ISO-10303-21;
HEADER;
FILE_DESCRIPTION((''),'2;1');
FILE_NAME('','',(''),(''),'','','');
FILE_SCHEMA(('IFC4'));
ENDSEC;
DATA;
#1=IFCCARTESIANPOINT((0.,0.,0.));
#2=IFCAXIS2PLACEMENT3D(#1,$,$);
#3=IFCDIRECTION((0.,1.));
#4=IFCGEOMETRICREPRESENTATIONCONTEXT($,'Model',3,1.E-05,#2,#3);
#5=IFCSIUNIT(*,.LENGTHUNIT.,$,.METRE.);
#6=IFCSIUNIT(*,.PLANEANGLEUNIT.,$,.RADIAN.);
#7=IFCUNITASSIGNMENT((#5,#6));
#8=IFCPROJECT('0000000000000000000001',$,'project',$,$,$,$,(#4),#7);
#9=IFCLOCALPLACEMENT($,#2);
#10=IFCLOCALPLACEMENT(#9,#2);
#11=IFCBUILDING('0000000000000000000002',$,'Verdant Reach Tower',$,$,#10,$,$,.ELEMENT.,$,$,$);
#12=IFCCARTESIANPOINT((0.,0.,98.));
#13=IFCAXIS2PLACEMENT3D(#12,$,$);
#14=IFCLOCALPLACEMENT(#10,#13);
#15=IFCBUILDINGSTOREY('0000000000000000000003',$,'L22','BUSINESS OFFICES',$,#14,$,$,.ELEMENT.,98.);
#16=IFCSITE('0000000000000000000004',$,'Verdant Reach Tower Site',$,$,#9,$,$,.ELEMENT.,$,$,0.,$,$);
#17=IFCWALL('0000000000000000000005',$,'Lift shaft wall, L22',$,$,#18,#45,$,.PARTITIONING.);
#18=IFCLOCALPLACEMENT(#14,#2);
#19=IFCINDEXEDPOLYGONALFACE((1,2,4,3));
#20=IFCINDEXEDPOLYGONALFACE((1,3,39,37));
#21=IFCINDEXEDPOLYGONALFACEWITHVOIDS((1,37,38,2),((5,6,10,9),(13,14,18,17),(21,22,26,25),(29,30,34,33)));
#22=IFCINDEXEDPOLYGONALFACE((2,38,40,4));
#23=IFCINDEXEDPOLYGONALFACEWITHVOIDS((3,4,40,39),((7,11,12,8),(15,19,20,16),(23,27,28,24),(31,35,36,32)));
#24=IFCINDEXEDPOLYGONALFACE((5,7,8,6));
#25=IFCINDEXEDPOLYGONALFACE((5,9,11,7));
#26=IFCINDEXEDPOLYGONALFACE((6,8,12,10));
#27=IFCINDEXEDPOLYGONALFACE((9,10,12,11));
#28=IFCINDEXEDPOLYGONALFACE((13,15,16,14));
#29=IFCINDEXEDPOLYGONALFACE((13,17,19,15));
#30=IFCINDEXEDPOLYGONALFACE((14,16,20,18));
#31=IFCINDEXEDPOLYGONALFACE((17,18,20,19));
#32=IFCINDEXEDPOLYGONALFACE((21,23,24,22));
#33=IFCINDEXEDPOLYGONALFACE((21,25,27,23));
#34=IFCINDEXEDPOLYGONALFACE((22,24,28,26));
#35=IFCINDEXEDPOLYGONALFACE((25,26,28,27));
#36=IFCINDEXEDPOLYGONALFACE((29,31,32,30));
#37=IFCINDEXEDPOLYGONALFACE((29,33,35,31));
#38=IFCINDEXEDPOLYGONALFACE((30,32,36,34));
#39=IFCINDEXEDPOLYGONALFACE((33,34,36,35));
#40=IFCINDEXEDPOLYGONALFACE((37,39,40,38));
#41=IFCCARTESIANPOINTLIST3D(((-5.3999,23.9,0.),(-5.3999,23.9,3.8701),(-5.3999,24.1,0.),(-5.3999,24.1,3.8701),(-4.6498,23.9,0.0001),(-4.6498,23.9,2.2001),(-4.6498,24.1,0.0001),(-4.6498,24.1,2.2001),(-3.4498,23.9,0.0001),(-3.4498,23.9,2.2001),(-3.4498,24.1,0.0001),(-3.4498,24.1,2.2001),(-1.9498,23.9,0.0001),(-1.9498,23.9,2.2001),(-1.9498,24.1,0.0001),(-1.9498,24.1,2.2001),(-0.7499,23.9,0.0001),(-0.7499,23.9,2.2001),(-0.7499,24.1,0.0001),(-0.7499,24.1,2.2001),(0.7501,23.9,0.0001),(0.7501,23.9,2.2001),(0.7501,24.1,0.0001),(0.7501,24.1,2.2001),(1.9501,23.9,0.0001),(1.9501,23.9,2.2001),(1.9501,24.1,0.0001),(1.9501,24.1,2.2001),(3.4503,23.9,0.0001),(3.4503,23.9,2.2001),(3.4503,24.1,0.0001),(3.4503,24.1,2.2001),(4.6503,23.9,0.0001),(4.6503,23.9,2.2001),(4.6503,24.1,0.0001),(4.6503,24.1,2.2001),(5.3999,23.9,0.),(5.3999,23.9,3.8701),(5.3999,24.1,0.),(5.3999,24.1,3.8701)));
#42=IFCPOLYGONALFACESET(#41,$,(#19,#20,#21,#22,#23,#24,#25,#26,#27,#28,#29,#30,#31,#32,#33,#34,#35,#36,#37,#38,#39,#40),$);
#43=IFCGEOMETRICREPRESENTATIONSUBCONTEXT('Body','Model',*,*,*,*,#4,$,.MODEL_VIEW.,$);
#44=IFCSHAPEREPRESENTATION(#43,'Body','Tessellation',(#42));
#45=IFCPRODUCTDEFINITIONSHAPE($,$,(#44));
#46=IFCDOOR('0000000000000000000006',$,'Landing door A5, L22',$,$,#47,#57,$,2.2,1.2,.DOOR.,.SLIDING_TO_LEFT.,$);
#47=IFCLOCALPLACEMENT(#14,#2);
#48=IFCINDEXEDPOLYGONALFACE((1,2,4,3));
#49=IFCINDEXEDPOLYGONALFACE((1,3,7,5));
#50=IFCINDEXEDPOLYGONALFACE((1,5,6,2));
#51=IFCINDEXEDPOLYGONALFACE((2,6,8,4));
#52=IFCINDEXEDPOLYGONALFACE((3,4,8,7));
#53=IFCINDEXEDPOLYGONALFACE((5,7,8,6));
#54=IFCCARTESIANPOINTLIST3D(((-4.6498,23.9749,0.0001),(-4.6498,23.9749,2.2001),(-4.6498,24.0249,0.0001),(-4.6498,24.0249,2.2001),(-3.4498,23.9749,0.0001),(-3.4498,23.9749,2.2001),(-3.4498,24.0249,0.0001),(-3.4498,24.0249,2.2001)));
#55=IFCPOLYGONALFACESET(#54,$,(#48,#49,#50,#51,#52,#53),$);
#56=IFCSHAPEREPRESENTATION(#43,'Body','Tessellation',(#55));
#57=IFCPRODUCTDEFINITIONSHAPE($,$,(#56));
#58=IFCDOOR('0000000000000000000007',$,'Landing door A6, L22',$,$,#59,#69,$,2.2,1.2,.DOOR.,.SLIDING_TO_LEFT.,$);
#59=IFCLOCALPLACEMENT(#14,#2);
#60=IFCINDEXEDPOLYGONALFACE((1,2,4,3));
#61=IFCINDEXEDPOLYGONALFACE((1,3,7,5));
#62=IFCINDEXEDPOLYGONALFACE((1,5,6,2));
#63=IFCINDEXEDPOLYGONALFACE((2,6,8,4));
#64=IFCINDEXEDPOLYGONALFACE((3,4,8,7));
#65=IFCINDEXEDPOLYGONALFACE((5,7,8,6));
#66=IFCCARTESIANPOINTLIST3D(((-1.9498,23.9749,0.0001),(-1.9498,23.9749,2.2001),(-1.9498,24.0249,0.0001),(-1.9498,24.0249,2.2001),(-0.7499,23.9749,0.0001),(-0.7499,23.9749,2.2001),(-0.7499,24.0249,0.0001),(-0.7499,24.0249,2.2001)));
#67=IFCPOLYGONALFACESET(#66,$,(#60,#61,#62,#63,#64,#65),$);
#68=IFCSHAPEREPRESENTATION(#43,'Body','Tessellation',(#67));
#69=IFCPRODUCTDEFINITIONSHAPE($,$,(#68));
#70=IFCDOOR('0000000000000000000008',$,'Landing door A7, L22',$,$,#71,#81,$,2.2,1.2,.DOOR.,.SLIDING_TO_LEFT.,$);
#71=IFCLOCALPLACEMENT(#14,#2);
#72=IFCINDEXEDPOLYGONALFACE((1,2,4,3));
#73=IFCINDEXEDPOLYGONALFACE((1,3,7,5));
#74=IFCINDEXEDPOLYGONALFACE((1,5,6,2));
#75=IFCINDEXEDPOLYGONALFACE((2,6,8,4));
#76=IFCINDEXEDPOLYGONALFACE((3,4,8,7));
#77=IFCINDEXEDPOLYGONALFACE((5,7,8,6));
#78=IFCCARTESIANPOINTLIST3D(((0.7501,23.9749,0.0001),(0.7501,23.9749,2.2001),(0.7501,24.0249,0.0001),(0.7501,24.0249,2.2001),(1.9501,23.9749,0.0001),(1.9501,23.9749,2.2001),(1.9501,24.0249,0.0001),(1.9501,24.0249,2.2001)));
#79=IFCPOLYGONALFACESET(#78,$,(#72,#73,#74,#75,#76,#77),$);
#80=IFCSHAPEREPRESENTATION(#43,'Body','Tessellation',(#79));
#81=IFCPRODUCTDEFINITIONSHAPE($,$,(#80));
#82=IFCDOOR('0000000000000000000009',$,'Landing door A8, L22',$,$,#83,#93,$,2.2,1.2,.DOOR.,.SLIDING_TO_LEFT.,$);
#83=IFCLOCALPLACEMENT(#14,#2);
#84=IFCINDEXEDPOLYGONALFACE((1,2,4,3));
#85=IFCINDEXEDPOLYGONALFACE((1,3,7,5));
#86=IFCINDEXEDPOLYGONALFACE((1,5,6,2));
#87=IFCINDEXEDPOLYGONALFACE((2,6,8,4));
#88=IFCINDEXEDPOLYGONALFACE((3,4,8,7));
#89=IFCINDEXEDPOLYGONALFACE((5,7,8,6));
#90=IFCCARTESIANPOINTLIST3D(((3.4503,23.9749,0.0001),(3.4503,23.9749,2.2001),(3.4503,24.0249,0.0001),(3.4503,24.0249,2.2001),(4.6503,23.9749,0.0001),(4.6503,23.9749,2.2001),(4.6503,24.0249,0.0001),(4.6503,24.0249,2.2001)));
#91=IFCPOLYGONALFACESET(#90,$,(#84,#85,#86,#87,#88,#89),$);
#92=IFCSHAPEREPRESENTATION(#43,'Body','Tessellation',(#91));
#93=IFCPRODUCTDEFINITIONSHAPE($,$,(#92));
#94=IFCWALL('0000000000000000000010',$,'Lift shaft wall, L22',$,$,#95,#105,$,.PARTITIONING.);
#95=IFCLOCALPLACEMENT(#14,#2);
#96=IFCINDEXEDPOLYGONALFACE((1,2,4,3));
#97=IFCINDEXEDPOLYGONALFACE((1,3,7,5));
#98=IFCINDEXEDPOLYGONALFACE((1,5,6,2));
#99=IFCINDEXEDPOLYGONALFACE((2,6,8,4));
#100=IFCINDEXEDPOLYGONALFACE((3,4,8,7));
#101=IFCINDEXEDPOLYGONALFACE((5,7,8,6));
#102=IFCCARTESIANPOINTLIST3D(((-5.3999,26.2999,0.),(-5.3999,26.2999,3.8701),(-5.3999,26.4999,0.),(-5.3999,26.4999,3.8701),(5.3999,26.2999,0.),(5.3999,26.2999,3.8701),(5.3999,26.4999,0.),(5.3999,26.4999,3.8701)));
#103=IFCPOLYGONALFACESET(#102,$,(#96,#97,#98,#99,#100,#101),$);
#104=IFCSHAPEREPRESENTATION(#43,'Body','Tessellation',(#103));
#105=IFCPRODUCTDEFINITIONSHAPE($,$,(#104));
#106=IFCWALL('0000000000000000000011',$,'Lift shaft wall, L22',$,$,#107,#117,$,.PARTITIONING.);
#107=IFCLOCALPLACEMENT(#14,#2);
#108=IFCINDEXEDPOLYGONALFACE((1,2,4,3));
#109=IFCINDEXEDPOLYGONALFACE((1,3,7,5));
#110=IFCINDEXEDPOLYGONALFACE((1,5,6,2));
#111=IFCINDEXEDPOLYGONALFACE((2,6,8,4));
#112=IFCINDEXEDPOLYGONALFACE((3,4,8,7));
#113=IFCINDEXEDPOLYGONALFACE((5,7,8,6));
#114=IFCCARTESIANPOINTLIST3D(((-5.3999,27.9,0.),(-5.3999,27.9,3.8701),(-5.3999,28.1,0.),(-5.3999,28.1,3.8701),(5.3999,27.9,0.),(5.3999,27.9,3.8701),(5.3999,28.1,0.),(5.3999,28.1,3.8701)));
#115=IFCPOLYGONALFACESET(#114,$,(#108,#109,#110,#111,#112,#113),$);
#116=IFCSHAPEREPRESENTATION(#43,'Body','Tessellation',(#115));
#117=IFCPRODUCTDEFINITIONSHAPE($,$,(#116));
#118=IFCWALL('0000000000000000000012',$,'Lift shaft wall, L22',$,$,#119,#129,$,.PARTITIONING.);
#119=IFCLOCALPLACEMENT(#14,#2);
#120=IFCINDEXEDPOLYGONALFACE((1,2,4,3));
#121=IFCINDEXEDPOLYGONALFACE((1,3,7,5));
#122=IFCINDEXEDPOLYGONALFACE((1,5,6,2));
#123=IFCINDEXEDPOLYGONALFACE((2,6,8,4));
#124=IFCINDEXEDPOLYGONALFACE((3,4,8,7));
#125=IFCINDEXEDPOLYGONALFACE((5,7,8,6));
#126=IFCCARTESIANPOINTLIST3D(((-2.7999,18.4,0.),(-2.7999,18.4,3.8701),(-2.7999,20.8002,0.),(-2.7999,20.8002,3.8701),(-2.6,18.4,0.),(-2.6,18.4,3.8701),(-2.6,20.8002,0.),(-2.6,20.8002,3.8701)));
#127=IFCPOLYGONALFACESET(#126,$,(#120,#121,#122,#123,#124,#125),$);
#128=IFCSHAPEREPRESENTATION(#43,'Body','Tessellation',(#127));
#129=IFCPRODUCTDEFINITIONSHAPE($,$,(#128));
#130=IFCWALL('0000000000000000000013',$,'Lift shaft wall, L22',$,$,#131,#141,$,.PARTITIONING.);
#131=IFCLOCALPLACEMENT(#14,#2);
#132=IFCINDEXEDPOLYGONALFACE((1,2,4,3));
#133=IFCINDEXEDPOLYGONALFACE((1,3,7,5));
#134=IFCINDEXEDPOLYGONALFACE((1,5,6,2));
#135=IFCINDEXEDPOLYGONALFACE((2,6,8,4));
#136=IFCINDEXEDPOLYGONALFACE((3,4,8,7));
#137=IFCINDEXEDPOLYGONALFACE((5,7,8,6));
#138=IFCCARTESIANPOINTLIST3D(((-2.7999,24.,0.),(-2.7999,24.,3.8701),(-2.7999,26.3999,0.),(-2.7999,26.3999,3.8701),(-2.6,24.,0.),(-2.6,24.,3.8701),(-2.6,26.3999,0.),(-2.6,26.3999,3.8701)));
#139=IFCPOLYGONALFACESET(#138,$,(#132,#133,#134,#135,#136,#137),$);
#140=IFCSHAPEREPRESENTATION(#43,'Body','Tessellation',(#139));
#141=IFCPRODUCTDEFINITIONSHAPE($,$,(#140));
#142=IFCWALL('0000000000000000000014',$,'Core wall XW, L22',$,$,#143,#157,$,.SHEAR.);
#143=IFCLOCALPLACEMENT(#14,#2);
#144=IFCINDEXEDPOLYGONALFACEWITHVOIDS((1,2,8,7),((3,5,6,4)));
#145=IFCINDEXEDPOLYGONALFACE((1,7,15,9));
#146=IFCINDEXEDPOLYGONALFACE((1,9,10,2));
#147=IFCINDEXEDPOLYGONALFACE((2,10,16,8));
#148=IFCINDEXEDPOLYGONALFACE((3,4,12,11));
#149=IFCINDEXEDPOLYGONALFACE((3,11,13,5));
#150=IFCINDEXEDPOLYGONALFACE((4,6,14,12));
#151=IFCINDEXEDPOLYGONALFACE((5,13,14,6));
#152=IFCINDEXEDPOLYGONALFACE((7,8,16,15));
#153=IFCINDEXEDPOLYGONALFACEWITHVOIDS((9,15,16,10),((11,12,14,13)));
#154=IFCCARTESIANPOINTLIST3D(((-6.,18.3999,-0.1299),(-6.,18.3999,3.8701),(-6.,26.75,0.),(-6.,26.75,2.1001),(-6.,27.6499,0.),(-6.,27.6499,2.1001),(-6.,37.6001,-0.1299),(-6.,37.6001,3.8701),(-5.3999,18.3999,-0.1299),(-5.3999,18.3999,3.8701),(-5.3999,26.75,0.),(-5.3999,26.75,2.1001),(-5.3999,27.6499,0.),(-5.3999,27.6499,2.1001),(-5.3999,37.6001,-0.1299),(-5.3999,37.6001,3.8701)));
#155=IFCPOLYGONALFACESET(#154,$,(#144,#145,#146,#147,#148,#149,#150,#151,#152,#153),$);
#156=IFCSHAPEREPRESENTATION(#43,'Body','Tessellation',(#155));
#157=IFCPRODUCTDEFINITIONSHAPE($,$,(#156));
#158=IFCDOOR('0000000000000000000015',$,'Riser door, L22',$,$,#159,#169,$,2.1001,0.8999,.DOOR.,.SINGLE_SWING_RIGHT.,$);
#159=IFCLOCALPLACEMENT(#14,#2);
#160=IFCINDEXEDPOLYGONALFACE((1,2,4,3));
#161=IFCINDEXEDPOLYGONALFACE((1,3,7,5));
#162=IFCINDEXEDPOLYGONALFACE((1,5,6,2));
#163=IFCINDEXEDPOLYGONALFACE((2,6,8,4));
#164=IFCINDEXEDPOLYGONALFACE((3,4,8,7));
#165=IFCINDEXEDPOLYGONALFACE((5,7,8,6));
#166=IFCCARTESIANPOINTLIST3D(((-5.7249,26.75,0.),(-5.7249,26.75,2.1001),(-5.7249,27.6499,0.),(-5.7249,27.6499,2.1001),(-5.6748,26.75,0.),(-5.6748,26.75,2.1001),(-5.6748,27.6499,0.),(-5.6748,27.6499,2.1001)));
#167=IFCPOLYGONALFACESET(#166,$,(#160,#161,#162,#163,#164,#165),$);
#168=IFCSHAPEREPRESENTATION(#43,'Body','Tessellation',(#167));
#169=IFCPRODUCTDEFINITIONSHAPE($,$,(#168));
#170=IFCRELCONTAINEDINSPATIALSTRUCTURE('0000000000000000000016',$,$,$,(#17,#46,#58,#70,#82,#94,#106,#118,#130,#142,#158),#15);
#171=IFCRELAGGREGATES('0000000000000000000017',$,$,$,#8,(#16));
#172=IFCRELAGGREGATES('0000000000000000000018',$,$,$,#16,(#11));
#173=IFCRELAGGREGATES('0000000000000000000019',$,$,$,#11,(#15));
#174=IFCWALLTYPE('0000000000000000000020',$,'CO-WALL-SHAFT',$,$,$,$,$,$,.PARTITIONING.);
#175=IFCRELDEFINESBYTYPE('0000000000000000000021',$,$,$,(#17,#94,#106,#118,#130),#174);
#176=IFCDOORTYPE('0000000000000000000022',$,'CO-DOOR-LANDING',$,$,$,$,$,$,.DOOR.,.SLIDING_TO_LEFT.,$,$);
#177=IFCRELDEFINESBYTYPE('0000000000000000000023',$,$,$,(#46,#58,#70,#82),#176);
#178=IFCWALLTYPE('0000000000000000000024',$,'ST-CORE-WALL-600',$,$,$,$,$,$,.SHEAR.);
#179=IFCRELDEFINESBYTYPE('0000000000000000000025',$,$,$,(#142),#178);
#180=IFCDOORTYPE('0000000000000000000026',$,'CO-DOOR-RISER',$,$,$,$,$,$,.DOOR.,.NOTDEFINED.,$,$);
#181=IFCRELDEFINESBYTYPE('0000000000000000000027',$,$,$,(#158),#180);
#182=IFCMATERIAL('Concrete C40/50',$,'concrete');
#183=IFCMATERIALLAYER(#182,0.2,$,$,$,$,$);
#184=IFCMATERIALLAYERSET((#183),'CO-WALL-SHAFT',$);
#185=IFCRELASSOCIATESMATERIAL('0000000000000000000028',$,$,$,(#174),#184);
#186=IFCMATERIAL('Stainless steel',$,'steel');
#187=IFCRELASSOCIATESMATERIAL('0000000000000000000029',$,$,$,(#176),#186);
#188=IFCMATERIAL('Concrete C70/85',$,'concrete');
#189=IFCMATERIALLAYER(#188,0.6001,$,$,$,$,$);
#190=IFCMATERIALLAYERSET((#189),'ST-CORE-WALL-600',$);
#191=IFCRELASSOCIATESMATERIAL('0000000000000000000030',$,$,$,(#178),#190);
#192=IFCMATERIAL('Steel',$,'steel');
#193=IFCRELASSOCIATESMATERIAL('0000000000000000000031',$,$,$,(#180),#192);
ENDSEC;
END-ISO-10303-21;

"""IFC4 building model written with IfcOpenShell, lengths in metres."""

from ifc_helpers import new_model, si_unit, direction, frame, frame_2d, origin, place, context, subcontext, project, spatial, rectangle, extrude, material, layer, layer_set, type_object, element, fill, save


model = new_model("IFC4")

# Units and contexts
model_context = context("Model", 3, precision=1e-05, world=origin(), true_north=direction((0.0, 1.0)))
body_context = subcontext(model_context, "Body", "Model", "MODEL_VIEW")
ifc_project = project(units=[si_unit("LENGTHUNIT", "METRE"), si_unit("PLANEANGLEUNIT", "RADIAN")], contexts=[model_context])

# Site, building, storey
site_placement = place(None, origin())
site = spatial("IfcSite", under=ifc_project, at=site_placement, Name="Verdant Reach Tower Site", CompositionType="ELEMENT", RefElevation=0.0)
building_placement = place(site_placement, origin())
building = spatial("IfcBuilding", under=site, at=building_placement, Name="Verdant Reach Tower", CompositionType="ELEMENT")
storey_placement = place(building_placement, frame((0.0, 0.0, 98.0)))
storey = spatial("IfcBuildingStorey", under=building, at=storey_placement, Name="L22", Description="BUSINESS OFFICES", CompositionType="ELEMENT", Elevation=98.0)

# Wall, openings, doors
ifc_material_1 = material(Name="Concrete C40/50", Category="concrete")
ifc_layer_1 = layer(ifc_material_1, 0.2)
ifc_layer_set_1 = layer_set([ifc_layer_1], Name="CO-WALL-SHAFT")
wall_type_1 = type_object("IfcWallType", Name="CO-WALL-SHAFT", PredefinedType="PARTITIONING", material=ifc_layer_set_1)
ifc_material_2 = material(Name="Stainless steel", Category="steel")
door_type_1 = type_object("IfcDoorType", Name="CO-DOOR-LANDING", OperationType="SLIDING_TO_LEFT", PredefinedType="DOOR", material=ifc_material_2)
wall_1_placement = place(storey_placement, frame((-5.3999, 24.0, 0.0), z_axis=(0.0, 0.0, 1.0), x_axis=(1.0, 0.0, 0.0)))
wall_1 = element("IfcWall", 1, at=wall_1_placement, inside=storey, type_object=wall_type_1, Name="Lift shaft wall, L22", PredefinedType="PARTITIONING", context=body_context, shape_type="SweptSolid", body=[
    extrude(rectangle(XDim=10.7998, YDim=0.2, at=frame_2d((5.3999, 0.0))), origin(), (0.0, 0.0, 1.0), 3.8701),
])
opening_1_placement = place(wall_1_placement, frame((0.75, 0.0, 0.0)))
opening_1 = element("IfcOpeningElement", 2, at=opening_1_placement, cuts=wall_1, PredefinedType="OPENING", context=body_context, shape_type="SweptSolid", body=[
    extrude(rectangle(XDim=1.2, YDim=2.2, at=frame_2d((0.6001, 1.1001))), frame((0.0, 0.1099, 0.0), z_axis=(0.0, -1.0, 0.0), x_axis=(1.0, 0.0, 0.0)), (0.0, 0.0, 1.0), 0.22),
])
opening_2_placement = place(wall_1_placement, frame((3.45, 0.0, 0.0)))
opening_2 = element("IfcOpeningElement", 3, at=opening_2_placement, cuts=wall_1, PredefinedType="OPENING", context=body_context, shape_type="SweptSolid", body=[
    extrude(rectangle(XDim=1.2, YDim=2.2, at=frame_2d((0.6001, 1.1001))), frame((0.0, 0.1099, 0.0), z_axis=(0.0, -1.0, 0.0), x_axis=(1.0, 0.0, 0.0)), (0.0, 0.0, 1.0), 0.22),
])
opening_3_placement = place(wall_1_placement, frame((6.1499, 0.0, 0.0)))
opening_3 = element("IfcOpeningElement", 4, at=opening_3_placement, cuts=wall_1, PredefinedType="OPENING", context=body_context, shape_type="SweptSolid", body=[
    extrude(rectangle(XDim=1.2, YDim=2.2, at=frame_2d((0.6001, 1.1001))), frame((0.0, 0.1099, 0.0), z_axis=(0.0, -1.0, 0.0), x_axis=(1.0, 0.0, 0.0)), (0.0, 0.0, 1.0), 0.22),
])
opening_4_placement = place(wall_1_placement, frame((8.8501, 0.0, 0.0)))
opening_4 = element("IfcOpeningElement", 5, at=opening_4_placement, cuts=wall_1, PredefinedType="OPENING", context=body_context, shape_type="SweptSolid", body=[
    extrude(rectangle(XDim=1.2, YDim=2.2, at=frame_2d((0.6001, 1.1001))), frame((0.0, 0.1099, 0.0), z_axis=(0.0, -1.0, 0.0), x_axis=(1.0, 0.0, 0.0)), (0.0, 0.0, 1.0), 0.22),
])
door_1_placement = place(opening_1_placement, origin())
door_1 = element("IfcDoor", 6, at=door_1_placement, inside=storey, type_object=door_type_1, Name="Landing door A5, L22", OperationType="SLIDING_TO_LEFT", OverallHeight=2.2, OverallWidth=1.2, PredefinedType="DOOR", context=body_context, shape_type="SweptSolid", body=[
    extrude(rectangle(XDim=1.2, YDim=2.2, at=frame_2d((0.6001, 1.1001))), frame((0.0, 0.0249, 0.0), z_axis=(0.0, -1.0, 0.0), x_axis=(1.0, 0.0, 0.0)), (0.0, 0.0, 1.0), 0.05),
])
fill(opening_1, door_1)
door_2_placement = place(opening_2_placement, origin())
door_2 = element("IfcDoor", 7, at=door_2_placement, inside=storey, type_object=door_type_1, Name="Landing door A6, L22", OperationType="SLIDING_TO_LEFT", OverallHeight=2.2, OverallWidth=1.2, PredefinedType="DOOR", context=body_context, shape_type="SweptSolid", body=[
    extrude(rectangle(XDim=1.2, YDim=2.2, at=frame_2d((0.6001, 1.1001))), frame((0.0, 0.0249, 0.0), z_axis=(0.0, -1.0, 0.0), x_axis=(1.0, 0.0, 0.0)), (0.0, 0.0, 1.0), 0.05),
])
fill(opening_2, door_2)
door_3_placement = place(opening_3_placement, origin())
door_3 = element("IfcDoor", 8, at=door_3_placement, inside=storey, type_object=door_type_1, Name="Landing door A7, L22", OperationType="SLIDING_TO_LEFT", OverallHeight=2.2, OverallWidth=1.2, PredefinedType="DOOR", context=body_context, shape_type="SweptSolid", body=[
    extrude(rectangle(XDim=1.2, YDim=2.2, at=frame_2d((0.6001, 1.1001))), frame((0.0, 0.0249, 0.0), z_axis=(0.0, -1.0, 0.0), x_axis=(1.0, 0.0, 0.0)), (0.0, 0.0, 1.0), 0.05),
])
fill(opening_3, door_3)
door_4_placement = place(opening_4_placement, origin())
door_4 = element("IfcDoor", 9, at=door_4_placement, inside=storey, type_object=door_type_1, Name="Landing door A8, L22", OperationType="SLIDING_TO_LEFT", OverallHeight=2.2, OverallWidth=1.2, PredefinedType="DOOR", context=body_context, shape_type="SweptSolid", body=[
    extrude(rectangle(XDim=1.2, YDim=2.2, at=frame_2d((0.6001, 1.1001))), frame((0.0, 0.0249, 0.0), z_axis=(0.0, -1.0, 0.0), x_axis=(1.0, 0.0, 0.0)), (0.0, 0.0, 1.0), 0.05),
])
fill(opening_4, door_4)

# Walls
for number, where, z_axis, x_axis, name in (
    (10, (-5.3999, 26.3999, 0.0), (0.0, 0.0, 1.0), (1.0, 0.0, 0.0), "Lift shaft wall, L22"),
    (11, (-5.3999, 28.0, 0.0), (0.0, 0.0, 1.0), (1.0, 0.0, 0.0), "Lift shaft wall, L22"),
):
    element("IfcWall", number, at=place(storey_placement, frame(where, z_axis=z_axis, x_axis=x_axis)), inside=storey, type_object=wall_type_1, Name=name, PredefinedType="PARTITIONING", context=body_context, shape_type="SweptSolid", body=[
        extrude(rectangle(XDim=10.7998, YDim=0.2, at=frame_2d((5.3999, 0.0))), origin(), (0.0, 0.0, 1.0), 3.8701),
    ])
wall_2_placement = place(storey_placement, frame((-2.7, 18.3999, 0.0), z_axis=(0.0, 0.0, 1.0), x_axis=(0.0, 1.0, 0.0)))
element("IfcWall", 12, at=wall_2_placement, inside=storey, type_object=wall_type_1, Name="Lift shaft wall, L22", PredefinedType="PARTITIONING", context=body_context, shape_type="SweptSolid", body=[
    extrude(rectangle(XDim=2.4001, YDim=0.2, at=frame_2d((1.2002, 0.0))), origin(), (0.0, 0.0, 1.0), 3.8701),
])
wall_3_placement = place(storey_placement, frame((-2.7, 24.0, 0.0), z_axis=(0.0, 0.0, 1.0), x_axis=(0.0, 1.0, 0.0)))
element("IfcWall", 13, at=wall_3_placement, inside=storey, type_object=wall_type_1, Name="Lift shaft wall, L22", PredefinedType="PARTITIONING", context=body_context, shape_type="SweptSolid", body=[
    extrude(rectangle(XDim=2.3999, YDim=0.2, at=frame_2d((1.2, 0.0))), origin(), (0.0, 0.0, 1.0), 3.8701),
])

# Wall, opening, door
ifc_material_3 = material(Name="Concrete C70/85", Category="concrete")
ifc_layer_2 = layer(ifc_material_3, 0.6001)
ifc_layer_set_2 = layer_set([ifc_layer_2], Name="ST-CORE-WALL-600")
wall_type_2 = type_object("IfcWallType", Name="ST-CORE-WALL-600", PredefinedType="SHEAR", material=ifc_layer_set_2)
wall_4_placement = place(storey_placement, frame((-5.7, 18.3999, -0.1299), z_axis=(0.0, 0.0, 1.0), x_axis=(0.0, 1.0, 0.0)))
wall_4 = element("IfcWall", 14, at=wall_4_placement, inside=storey, type_object=wall_type_2, Name="Core wall XW, L22", PredefinedType="SHEAR", context=body_context, shape_type="SweptSolid", body=[
    extrude(rectangle(XDim=19.2002, YDim=0.6001, at=frame_2d((9.6001, 0.0))), origin(), (0.0, 0.0, 1.0), 4.0),
])
opening_5_placement = place(wall_4_placement, frame((8.3501, 0.0, 0.1299)))
opening_5 = element("IfcOpeningElement", 15, at=opening_5_placement, cuts=wall_4, PredefinedType="OPENING", context=body_context, shape_type="SweptSolid", body=[
    extrude(rectangle(XDim=0.8999, YDim=2.1001, at=frame_2d((0.45, 1.05))), frame((0.0, 0.3101, 0.0), z_axis=(0.0, -1.0, 0.0), x_axis=(1.0, 0.0, 0.0)), (0.0, 0.0, 1.0), 0.6201),
])
ifc_material_4 = material(Name="Steel", Category="steel")
door_type_2 = type_object("IfcDoorType", Name="CO-DOOR-RISER", OperationType="NOTDEFINED", PredefinedType="DOOR", material=ifc_material_4)
door_5_placement = place(opening_5_placement, origin())
door_5 = element("IfcDoor", 16, at=door_5_placement, inside=storey, type_object=door_type_2, Name="Riser door, L22", OperationType="SINGLE_SWING_RIGHT", OverallHeight=2.1001, OverallWidth=0.8999, PredefinedType="DOOR", context=body_context, shape_type="SweptSolid", body=[
    extrude(rectangle(XDim=0.8999, YDim=2.1001, at=frame_2d((0.45, 1.05))), frame((0.0, 0.0249, 0.0), z_axis=(0.0, -1.0, 0.0), x_axis=(1.0, 0.0, 0.0)), (0.0, 0.0, 1.0), 0.05),
])
fill(opening_5, door_5)

save(model, "model.ifc")
